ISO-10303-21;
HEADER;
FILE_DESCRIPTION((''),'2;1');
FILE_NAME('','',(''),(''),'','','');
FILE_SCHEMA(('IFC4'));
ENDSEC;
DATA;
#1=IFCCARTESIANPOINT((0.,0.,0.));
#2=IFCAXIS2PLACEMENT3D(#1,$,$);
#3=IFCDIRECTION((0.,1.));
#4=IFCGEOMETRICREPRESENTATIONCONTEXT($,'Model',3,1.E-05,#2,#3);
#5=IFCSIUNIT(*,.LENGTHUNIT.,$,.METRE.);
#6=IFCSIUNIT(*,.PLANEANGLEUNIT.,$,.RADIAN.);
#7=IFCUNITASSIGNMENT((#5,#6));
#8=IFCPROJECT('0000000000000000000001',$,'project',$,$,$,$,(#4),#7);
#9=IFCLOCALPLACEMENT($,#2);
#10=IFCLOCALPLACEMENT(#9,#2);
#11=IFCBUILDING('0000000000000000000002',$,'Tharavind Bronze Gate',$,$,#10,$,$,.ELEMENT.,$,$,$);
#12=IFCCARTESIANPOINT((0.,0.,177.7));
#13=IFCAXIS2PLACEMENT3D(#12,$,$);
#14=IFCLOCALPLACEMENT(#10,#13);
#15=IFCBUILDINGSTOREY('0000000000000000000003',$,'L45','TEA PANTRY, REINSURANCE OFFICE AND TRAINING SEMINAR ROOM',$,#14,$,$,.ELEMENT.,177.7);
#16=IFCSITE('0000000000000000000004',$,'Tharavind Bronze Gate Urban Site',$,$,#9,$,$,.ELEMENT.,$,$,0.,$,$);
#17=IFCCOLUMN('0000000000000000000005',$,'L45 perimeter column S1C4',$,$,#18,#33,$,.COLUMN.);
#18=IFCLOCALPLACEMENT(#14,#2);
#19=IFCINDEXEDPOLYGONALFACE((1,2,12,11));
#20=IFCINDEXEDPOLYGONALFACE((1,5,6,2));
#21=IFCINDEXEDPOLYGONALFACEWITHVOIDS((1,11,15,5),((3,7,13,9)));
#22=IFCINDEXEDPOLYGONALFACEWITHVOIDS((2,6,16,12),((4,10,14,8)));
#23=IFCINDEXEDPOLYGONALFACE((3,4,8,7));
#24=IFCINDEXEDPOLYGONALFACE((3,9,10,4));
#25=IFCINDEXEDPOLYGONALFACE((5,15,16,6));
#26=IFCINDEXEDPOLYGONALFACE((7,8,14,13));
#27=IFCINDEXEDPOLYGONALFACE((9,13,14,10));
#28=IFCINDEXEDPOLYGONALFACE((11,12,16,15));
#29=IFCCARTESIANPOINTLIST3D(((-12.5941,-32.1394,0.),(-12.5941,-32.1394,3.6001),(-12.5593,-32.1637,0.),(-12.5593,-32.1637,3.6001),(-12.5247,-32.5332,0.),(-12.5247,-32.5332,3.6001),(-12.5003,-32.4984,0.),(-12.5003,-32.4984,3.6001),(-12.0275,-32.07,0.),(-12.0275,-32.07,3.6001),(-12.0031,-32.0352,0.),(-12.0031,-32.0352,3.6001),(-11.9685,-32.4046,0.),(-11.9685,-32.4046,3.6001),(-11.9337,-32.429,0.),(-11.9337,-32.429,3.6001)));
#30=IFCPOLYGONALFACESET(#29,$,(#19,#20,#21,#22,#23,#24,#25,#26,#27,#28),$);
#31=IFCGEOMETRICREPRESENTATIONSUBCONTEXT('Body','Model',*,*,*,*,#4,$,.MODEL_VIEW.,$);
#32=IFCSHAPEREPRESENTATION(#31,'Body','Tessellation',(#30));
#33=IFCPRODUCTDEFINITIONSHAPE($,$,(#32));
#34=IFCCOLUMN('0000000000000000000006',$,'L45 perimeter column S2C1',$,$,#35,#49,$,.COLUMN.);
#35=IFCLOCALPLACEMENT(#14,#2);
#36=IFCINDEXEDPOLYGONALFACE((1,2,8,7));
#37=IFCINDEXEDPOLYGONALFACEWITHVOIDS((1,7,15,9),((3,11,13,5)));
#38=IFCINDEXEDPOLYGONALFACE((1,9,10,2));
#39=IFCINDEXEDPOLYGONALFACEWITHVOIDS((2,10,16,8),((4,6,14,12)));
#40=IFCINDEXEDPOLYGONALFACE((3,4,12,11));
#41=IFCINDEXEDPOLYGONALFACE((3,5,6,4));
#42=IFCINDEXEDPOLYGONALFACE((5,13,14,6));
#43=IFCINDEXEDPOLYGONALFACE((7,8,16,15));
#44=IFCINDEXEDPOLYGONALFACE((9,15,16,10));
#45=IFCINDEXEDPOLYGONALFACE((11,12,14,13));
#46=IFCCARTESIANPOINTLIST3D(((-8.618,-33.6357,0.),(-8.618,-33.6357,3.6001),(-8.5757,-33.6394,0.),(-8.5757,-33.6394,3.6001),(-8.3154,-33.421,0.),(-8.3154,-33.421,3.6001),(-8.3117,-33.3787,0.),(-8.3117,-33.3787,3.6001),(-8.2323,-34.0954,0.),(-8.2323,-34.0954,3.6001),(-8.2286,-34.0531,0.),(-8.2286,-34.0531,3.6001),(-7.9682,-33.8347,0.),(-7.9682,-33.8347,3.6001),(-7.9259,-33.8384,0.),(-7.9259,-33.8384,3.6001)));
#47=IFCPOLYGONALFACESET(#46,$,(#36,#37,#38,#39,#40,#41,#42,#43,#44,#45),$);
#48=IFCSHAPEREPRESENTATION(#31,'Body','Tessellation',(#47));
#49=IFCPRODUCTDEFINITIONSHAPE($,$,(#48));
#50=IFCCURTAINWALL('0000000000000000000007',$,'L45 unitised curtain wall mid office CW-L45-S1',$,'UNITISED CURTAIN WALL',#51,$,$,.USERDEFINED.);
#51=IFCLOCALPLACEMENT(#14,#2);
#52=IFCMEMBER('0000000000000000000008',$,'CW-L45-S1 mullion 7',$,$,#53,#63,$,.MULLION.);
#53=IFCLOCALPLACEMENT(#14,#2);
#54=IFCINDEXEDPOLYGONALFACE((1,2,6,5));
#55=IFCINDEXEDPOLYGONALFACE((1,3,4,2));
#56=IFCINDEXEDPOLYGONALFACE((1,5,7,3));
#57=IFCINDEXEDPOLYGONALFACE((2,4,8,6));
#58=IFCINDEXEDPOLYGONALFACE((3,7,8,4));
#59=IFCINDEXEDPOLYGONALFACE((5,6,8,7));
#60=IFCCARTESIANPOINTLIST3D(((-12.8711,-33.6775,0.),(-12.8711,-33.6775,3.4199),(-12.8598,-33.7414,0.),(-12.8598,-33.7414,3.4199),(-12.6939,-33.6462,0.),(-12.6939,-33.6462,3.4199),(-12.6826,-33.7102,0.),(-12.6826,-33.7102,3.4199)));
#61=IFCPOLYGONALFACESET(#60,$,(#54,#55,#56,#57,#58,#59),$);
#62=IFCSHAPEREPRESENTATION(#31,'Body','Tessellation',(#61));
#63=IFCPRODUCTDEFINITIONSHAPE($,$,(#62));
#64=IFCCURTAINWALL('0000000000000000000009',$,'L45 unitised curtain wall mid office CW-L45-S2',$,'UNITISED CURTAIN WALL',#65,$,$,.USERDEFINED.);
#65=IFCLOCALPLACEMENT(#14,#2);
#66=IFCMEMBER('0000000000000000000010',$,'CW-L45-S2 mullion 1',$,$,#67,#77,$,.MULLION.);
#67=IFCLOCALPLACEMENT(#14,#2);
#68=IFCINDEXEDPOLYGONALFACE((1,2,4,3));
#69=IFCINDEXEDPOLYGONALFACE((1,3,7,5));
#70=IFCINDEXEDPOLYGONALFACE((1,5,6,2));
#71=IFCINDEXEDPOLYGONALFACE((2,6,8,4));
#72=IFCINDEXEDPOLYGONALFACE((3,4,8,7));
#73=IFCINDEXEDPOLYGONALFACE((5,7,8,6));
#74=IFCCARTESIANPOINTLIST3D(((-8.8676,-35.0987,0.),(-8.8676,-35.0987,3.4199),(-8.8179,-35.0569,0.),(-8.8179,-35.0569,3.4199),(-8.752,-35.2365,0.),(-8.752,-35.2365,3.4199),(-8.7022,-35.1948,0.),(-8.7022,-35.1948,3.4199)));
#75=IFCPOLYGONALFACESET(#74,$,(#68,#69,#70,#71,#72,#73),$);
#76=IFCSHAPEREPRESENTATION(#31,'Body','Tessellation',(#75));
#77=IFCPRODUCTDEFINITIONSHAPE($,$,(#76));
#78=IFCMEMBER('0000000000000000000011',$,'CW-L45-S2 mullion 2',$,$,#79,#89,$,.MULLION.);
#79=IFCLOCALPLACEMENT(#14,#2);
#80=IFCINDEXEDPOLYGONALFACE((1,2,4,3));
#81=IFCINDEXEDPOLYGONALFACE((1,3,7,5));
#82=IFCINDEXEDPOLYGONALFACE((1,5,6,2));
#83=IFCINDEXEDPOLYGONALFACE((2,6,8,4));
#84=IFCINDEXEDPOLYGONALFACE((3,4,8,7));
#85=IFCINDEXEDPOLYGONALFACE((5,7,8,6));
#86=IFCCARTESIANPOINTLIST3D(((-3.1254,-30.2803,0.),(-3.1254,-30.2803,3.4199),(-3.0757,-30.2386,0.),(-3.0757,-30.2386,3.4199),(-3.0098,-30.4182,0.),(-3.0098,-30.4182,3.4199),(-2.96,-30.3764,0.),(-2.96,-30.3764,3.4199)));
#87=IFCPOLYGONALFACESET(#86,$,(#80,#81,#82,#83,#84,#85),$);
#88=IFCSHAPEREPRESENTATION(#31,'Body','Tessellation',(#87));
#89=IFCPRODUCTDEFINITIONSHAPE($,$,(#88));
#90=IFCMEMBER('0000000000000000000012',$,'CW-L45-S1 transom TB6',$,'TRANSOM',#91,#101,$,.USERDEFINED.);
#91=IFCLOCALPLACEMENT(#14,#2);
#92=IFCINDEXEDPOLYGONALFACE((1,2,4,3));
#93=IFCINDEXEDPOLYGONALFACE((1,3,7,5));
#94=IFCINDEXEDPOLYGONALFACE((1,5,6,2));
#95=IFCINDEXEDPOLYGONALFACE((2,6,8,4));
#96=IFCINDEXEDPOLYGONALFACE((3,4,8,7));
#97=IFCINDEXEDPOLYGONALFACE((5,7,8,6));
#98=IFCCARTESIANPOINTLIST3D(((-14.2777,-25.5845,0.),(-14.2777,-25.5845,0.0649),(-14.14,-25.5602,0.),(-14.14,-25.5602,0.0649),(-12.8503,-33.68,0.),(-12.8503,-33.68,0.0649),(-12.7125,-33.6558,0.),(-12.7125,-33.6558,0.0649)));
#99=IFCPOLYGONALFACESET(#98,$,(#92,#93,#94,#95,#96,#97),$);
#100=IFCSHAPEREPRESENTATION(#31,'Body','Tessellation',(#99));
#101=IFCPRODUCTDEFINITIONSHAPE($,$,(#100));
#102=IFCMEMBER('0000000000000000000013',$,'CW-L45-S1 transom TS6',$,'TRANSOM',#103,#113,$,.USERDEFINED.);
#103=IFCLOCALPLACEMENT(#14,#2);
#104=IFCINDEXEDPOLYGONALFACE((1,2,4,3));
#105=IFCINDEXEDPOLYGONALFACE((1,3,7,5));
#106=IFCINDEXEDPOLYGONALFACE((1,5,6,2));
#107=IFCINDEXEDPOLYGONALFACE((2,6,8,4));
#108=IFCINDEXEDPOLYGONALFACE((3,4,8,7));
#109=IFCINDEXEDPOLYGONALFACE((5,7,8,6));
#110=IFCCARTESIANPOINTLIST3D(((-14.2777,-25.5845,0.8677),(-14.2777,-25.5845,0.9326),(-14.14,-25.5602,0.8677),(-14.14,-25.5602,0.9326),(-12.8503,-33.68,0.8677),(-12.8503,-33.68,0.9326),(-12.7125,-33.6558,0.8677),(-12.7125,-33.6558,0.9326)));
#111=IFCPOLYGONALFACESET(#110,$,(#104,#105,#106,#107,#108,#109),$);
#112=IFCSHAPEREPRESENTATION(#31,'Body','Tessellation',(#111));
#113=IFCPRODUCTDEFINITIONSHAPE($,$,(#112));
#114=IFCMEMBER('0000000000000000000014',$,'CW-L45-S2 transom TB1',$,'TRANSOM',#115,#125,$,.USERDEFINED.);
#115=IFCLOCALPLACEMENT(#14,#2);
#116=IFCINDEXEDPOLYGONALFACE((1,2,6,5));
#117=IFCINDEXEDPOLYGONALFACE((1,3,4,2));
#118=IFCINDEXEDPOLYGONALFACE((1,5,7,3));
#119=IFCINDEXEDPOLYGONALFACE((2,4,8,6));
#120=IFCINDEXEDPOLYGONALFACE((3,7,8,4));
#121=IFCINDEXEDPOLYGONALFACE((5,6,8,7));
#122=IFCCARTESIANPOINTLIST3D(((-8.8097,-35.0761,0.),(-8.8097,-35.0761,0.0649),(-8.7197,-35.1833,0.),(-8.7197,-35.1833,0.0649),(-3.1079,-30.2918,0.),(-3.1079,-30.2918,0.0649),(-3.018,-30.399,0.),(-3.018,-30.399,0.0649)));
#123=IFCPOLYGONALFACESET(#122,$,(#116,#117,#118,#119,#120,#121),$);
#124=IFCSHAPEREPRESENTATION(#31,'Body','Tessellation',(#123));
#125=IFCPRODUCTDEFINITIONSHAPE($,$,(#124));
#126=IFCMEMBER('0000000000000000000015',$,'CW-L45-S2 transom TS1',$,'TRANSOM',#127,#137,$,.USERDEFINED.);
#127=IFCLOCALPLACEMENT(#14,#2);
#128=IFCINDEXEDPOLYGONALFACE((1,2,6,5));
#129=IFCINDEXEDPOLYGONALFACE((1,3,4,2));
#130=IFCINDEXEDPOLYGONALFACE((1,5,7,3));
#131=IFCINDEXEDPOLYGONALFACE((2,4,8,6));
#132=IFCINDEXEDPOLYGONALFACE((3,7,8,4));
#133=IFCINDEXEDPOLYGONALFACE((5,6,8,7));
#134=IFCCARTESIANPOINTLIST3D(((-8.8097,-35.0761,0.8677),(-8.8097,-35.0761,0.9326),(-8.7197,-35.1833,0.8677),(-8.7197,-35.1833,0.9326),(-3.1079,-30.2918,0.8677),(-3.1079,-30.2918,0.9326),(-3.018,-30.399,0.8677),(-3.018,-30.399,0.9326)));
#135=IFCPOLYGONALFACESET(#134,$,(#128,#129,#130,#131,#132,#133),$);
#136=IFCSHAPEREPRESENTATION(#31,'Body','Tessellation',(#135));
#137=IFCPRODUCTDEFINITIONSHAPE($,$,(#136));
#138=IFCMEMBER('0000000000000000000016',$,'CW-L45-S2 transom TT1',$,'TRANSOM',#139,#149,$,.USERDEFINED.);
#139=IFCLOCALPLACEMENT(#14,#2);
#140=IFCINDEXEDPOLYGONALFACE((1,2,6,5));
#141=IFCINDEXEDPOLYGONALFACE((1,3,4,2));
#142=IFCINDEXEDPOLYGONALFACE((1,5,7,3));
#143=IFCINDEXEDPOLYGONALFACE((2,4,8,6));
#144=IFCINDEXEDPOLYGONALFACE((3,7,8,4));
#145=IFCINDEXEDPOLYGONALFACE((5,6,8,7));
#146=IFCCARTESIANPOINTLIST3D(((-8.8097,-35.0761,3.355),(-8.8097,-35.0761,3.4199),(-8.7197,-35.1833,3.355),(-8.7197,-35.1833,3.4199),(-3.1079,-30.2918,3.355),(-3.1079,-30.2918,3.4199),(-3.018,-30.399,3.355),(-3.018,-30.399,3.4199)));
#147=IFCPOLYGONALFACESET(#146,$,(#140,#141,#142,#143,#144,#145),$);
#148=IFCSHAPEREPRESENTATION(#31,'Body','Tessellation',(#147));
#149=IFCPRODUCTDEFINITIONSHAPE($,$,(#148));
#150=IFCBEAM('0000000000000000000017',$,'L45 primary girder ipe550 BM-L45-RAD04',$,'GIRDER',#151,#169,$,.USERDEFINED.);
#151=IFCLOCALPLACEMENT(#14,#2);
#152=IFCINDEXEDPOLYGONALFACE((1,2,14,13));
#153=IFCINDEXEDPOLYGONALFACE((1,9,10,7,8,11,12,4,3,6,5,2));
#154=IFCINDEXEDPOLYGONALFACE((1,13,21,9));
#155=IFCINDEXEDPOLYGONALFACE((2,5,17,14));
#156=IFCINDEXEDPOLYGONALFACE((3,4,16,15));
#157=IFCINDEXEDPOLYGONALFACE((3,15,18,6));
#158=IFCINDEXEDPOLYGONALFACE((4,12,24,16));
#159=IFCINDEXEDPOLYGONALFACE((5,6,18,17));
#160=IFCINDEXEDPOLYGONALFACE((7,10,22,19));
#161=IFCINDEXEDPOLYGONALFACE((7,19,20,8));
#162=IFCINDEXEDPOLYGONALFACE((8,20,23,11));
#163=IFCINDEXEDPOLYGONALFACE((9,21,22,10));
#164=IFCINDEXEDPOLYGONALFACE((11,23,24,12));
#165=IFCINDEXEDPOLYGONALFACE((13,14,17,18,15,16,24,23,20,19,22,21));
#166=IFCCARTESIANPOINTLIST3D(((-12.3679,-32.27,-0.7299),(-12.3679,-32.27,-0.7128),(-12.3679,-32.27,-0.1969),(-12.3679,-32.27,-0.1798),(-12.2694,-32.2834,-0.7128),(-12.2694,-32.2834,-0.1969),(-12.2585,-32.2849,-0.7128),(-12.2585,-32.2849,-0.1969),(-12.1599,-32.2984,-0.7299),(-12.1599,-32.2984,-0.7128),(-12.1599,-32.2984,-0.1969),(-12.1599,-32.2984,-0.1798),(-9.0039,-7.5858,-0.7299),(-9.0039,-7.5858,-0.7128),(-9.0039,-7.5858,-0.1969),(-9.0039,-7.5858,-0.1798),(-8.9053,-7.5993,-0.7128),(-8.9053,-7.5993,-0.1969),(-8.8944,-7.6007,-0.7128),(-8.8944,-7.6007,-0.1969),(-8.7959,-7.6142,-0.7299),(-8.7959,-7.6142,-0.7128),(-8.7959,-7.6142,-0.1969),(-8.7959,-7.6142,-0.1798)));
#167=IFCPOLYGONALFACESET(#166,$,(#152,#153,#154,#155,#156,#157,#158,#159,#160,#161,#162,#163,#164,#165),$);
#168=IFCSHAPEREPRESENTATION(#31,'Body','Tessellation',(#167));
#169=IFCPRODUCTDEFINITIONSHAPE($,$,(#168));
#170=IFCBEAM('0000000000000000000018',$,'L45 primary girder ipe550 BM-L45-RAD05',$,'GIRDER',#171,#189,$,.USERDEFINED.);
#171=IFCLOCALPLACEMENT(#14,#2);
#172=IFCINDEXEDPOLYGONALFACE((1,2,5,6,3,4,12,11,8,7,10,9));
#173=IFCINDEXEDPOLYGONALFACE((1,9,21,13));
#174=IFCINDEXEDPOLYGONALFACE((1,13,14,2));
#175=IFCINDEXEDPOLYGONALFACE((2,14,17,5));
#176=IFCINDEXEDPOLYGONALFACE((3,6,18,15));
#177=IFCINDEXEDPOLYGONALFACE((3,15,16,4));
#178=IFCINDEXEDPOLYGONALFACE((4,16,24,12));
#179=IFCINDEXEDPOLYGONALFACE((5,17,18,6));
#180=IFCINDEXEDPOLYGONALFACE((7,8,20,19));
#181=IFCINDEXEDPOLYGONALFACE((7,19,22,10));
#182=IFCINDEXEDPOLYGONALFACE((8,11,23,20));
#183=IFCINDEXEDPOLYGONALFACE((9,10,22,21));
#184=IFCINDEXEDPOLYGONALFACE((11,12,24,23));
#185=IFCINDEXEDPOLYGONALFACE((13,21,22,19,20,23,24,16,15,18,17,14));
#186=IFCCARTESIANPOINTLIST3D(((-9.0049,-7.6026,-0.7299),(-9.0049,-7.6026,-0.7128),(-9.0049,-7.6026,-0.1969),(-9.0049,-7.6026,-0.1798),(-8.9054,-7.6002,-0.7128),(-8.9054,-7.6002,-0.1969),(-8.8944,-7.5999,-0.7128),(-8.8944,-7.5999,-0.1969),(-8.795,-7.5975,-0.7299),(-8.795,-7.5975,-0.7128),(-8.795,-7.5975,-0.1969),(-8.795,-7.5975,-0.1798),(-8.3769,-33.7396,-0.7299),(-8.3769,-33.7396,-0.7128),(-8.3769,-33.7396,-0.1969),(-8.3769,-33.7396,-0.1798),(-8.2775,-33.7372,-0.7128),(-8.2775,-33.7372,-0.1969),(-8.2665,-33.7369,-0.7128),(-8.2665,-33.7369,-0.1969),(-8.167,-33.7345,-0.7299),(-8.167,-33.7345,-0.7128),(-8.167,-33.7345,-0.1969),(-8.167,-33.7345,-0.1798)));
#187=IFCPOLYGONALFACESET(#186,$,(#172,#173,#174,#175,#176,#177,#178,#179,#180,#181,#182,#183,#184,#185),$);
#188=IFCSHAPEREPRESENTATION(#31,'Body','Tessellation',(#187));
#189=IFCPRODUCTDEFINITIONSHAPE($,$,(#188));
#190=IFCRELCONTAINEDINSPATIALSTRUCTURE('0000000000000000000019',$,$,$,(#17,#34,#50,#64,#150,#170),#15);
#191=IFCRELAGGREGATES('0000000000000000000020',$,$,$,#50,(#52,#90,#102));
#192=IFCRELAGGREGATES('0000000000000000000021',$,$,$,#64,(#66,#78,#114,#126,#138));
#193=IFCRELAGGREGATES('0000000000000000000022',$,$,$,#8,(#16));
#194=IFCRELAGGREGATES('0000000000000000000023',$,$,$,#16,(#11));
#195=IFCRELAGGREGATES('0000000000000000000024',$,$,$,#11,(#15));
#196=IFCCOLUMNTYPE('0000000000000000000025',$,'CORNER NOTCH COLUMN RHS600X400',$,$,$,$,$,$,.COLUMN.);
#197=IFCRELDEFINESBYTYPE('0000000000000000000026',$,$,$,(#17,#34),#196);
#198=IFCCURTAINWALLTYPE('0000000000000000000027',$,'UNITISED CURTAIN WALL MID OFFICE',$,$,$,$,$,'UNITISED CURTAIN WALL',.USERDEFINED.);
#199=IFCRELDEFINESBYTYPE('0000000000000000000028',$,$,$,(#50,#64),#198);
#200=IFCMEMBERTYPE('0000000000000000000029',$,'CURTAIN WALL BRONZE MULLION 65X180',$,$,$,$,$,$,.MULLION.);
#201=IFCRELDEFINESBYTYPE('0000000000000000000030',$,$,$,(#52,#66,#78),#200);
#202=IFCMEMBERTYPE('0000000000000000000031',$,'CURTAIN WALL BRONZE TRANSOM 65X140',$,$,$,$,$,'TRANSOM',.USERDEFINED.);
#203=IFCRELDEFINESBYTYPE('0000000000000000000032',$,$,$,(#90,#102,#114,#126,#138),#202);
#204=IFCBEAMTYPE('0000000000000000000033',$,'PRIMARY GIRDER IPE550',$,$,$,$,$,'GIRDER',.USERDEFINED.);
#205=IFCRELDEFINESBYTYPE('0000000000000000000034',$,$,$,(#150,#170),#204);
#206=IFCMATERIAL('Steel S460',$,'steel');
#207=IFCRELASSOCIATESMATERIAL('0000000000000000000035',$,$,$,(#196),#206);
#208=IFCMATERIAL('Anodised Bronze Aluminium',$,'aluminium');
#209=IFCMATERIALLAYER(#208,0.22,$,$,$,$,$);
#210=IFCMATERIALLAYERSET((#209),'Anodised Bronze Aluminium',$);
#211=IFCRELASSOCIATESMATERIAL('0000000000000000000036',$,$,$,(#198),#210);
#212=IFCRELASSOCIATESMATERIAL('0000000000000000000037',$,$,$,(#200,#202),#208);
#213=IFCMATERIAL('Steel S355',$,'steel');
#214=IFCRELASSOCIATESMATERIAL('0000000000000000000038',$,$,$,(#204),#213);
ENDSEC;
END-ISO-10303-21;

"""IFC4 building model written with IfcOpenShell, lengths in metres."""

from ifc_helpers import new_model, si_unit, direction, frame, origin, origin_2d, place, context, subcontext, project, spatial, rectangle, hollow_rectangle, i_section, extrude, material, layer, layer_set, material_profile, profile_set, type_object, element, aggregate, save


model = new_model("IFC4")

# Units and contexts
model_context = context("Model", 3, precision=1e-05, world=origin(), true_north=direction((0.0, 1.0)))
body_context = subcontext(model_context, "Body", "Model", "MODEL_VIEW")
ifc_project = project(units=[si_unit("LENGTHUNIT", "METRE"), si_unit("PLANEANGLEUNIT", "RADIAN")], contexts=[model_context])

# Site, building, storey
site_placement = place(None, origin())
site = spatial("IfcSite", under=ifc_project, at=site_placement, Name="Tharavind Bronze Gate Urban Site", CompositionType="ELEMENT", RefElevation=0.0)
building_placement = place(site_placement, origin())
building = spatial("IfcBuilding", under=site, at=building_placement, Name="Tharavind Bronze Gate", CompositionType="ELEMENT")
storey_placement = place(building_placement, frame((0.0, 0.0, 177.7)))
storey = spatial("IfcBuildingStorey", under=building, at=storey_placement, Name="L45", Description="TEA PANTRY, REINSURANCE OFFICE AND TRAINING SEMINAR ROOM", CompositionType="ELEMENT", Elevation=177.7)

# Columns
ifc_material_1 = material(Name="Steel S460", Category="steel")
ifc_material_profile_1 = material_profile(ifc_material_1, hollow_rectangle(XDim=0.3999, YDim=0.6001, WallThickness=0.03, at=origin_2d()), Name="RHS600X400X30")
ifc_profile_set_1 = profile_set([ifc_material_profile_1], Name="Steel S460")
column_type = type_object("IfcColumnType", Name="CORNER NOTCH COLUMN RHS600X400", PredefinedType="COLUMN", material=ifc_profile_set_1)
for number, where, z_axis, x_axis, name in (
    (1, (-12.2639, -32.2842, 0.0), (0.0, 0.0, 1.0), (-0.173648, 0.984808, 0.0), "L45 perimeter column S1C4"),
    (2, (-8.272, -33.7371, 0.0), (0.0, 0.0, 1.0), (0.766043, 0.642789, 0.0), "L45 perimeter column S2C1"),
):
    element("IfcColumn", number, at=place(storey_placement, frame(where, z_axis=z_axis, x_axis=x_axis)), inside=storey, type_object=column_type, Name=name, PredefinedType="COLUMN", context=body_context, shape_type="SweptSolid", body=[
        extrude(hollow_rectangle(XDim=0.3999, YDim=0.6001, WallThickness=0.03, at=origin_2d()), origin(), (0.0, 0.0, 1.0), 3.6001),
    ])

# Curtain wall, member
ifc_material_2 = material(Name="Anodised Bronze Aluminium", Category="aluminium")
ifc_layer_1 = layer(ifc_material_2, 0.22)
ifc_layer_set_1 = layer_set([ifc_layer_1], Name="Anodised Bronze Aluminium")
curtain_wall_type = type_object("IfcCurtainWallType", Name="UNITISED CURTAIN WALL MID OFFICE", ElementType="UNITISED CURTAIN WALL", PredefinedType="USERDEFINED", material=ifc_layer_set_1)
curtain_wall_1_placement = place(storey_placement, origin())
curtain_wall_1 = element("IfcCurtainWall", 3, at=curtain_wall_1_placement, inside=storey, type_object=curtain_wall_type, Name="L45 unitised curtain wall mid office CW-L45-S1", ObjectType="UNITISED CURTAIN WALL", PredefinedType="USERDEFINED")
member_type_1 = type_object("IfcMemberType", Name="CURTAIN WALL BRONZE MULLION 65X180", PredefinedType="MULLION", material=ifc_material_2)
member_1_placement = place(storey_placement, frame((-12.7769, -33.6938, 0.0), z_axis=(0.0, 0.0, 1.0), x_axis=(0.173648, -0.984808, 0.0)))
member_1 = element("IfcMember", 4, at=member_1_placement, type_object=member_type_1, Name="CW-L45-S1 mullion 7", PredefinedType="MULLION", context=body_context, shape_type="SweptSolid", body=[
    extrude(rectangle(XDim=0.0649, YDim=0.1799, at=origin_2d()), origin(), (0.0, 0.0, 1.0), 3.4199),
])

# Curtain wall, members
curtain_wall_2_placement = place(storey_placement, origin())
curtain_wall_2 = element("IfcCurtainWall", 5, at=curtain_wall_2_placement, inside=storey, type_object=curtain_wall_type, Name="L45 unitised curtain wall mid office CW-L45-S2", ObjectType="UNITISED CURTAIN WALL", PredefinedType="USERDEFINED")
member_2_placement = place(storey_placement, frame((-8.7849, -35.1467, 0.0), z_axis=(0.0, 0.0, 1.0), x_axis=(0.766043, 0.642789, 0.0)))
member_2 = element("IfcMember", 6, at=member_2_placement, type_object=member_type_1, Name="CW-L45-S2 mullion 1", PredefinedType="MULLION", context=body_context, shape_type="SweptSolid", body=[
    extrude(rectangle(XDim=0.0649, YDim=0.1799, at=origin_2d()), origin(), (0.0, 0.0, 1.0), 3.4199),
])
member_3_placement = place(storey_placement, frame((-3.0427, -30.3284, 0.0), z_axis=(0.0, 0.0, 1.0), x_axis=(0.766043, 0.642789, 0.0)))
member_3 = element("IfcMember", 7, at=member_3_placement, type_object=member_type_1, Name="CW-L45-S2 mullion 2", PredefinedType="MULLION", context=body_context, shape_type="SweptSolid", body=[
    extrude(rectangle(XDim=0.0649, YDim=0.1799, at=origin_2d()), origin(), (0.0, 0.0, 1.0), 3.4199),
])

# Members
member_type_2 = type_object("IfcMemberType", Name="CURTAIN WALL BRONZE TRANSOM 65X140", ElementType="TRANSOM", PredefinedType="USERDEFINED", material=ifc_material_2)
member_4_placement = place(storey_placement, frame((-13.4951, -29.6201, 0.0), z_axis=(0.0, 0.0, 1.0), x_axis=(0.173648, -0.984808, 0.0)))
member_4 = element("IfcMember", 8, at=member_4_placement, type_object=member_type_2, Name="CW-L45-S1 transom TB6", ObjectType="TRANSOM", PredefinedType="USERDEFINED", context=body_context, shape_type="SweptSolid", body=[
    extrude(rectangle(XDim=8.2205, YDim=0.1399, at=origin_2d()), origin(), (0.0, 0.0, 1.0), 0.0649),
])
member_5_placement = place(storey_placement, frame((-13.4951, -29.6201, 0.8677), z_axis=(0.0, 0.0, 1.0), x_axis=(0.173648, -0.984808, 0.0)))
member_5 = element("IfcMember", 9, at=member_5_placement, type_object=member_type_2, Name="CW-L45-S1 transom TS6", ObjectType="TRANSOM", PredefinedType="USERDEFINED", context=body_context, shape_type="SweptSolid", body=[
    extrude(rectangle(XDim=8.2205, YDim=0.1399, at=origin_2d()), origin(), (0.0, 0.0, 1.0), 0.0649),
])
aggregate(curtain_wall_1, [member_1, member_4, member_5])
member_6_placement = place(storey_placement, frame((-5.9138, -32.7375, 0.0), z_axis=(0.0, 0.0, 1.0), x_axis=(0.766043, 0.642789, 0.0)))
member_6 = element("IfcMember", 10, at=member_6_placement, type_object=member_type_2, Name="CW-L45-S2 transom TB1", ObjectType="TRANSOM", PredefinedType="USERDEFINED", context=body_context, shape_type="SweptSolid", body=[
    extrude(rectangle(XDim=7.4431, YDim=0.1399, at=origin_2d()), origin(), (0.0, 0.0, 1.0), 0.0649),
])
member_7_placement = place(storey_placement, frame((-5.9138, -32.7375, 0.8677), z_axis=(0.0, 0.0, 1.0), x_axis=(0.766043, 0.642789, 0.0)))
member_7 = element("IfcMember", 11, at=member_7_placement, type_object=member_type_2, Name="CW-L45-S2 transom TS1", ObjectType="TRANSOM", PredefinedType="USERDEFINED", context=body_context, shape_type="SweptSolid", body=[
    extrude(rectangle(XDim=7.4431, YDim=0.1399, at=origin_2d()), origin(), (0.0, 0.0, 1.0), 0.0649),
])
member_8_placement = place(storey_placement, frame((-5.9138, -32.7375, 3.355), z_axis=(0.0, 0.0, 1.0), x_axis=(0.766043, 0.642789, 0.0)))
member_8 = element("IfcMember", 12, at=member_8_placement, type_object=member_type_2, Name="CW-L45-S2 transom TT1", ObjectType="TRANSOM", PredefinedType="USERDEFINED", context=body_context, shape_type="SweptSolid", body=[
    extrude(rectangle(XDim=7.4431, YDim=0.1399, at=origin_2d()), origin(), (0.0, 0.0, 1.0), 0.0649),
])

# Beams
ifc_material_3 = material(Name="Steel S355", Category="steel")
ifc_material_profile_2 = material_profile(ifc_material_3, i_section(OverallWidth=0.21, OverallDepth=0.55, WebThickness=0.011, FlangeThickness=0.0171, at=origin_2d()), Name="IPE550")
ifc_profile_set_2 = profile_set([ifc_material_profile_2], Name="Steel S355")
beam_type_1 = type_object("IfcBeamType", Name="PRIMARY GIRDER IPE550", ElementType="GIRDER", PredefinedType="USERDEFINED", material=ifc_profile_set_2)
beam_1_placement = place(storey_placement, frame((-12.2639, -32.2842, -0.4548), z_axis=(0.135034, 0.990841, 0.0), x_axis=(-0.990841, 0.135034, 0.0)))
element("IfcBeam", 13, at=beam_1_placement, inside=storey, type_object=beam_type_1, Name="L45 primary girder ipe550 BM-L45-RAD04", ObjectType="GIRDER", PredefinedType="USERDEFINED", context=body_context, shape_type="SweptSolid", body=[
    extrude(i_section(OverallWidth=0.21, OverallDepth=0.55, WebThickness=0.011, FlangeThickness=0.0171, at=origin_2d()), origin(), (0.0, 0.0, 1.0), 24.9124),
])
beam_2_placement = place(storey_placement, frame((-8.272, -33.7371, -0.4548), z_axis=(-0.024018, 0.999712, 0.0), x_axis=(-0.999712, -0.024018, 0.0)))
element("IfcBeam", 14, at=beam_2_placement, inside=storey, type_object=beam_type_1, Name="L45 primary girder ipe550 BM-L45-RAD05", ObjectType="GIRDER", PredefinedType="USERDEFINED", context=body_context, shape_type="SweptSolid", body=[
    extrude(i_section(OverallWidth=0.21, OverallDepth=0.55, WebThickness=0.011, FlangeThickness=0.0171, at=origin_2d()), origin(), (0.0, 0.0, 1.0), 26.1445),
])

aggregate(curtain_wall_2, [member_2, member_3, member_6, member_7, member_8])

save(model, "model.ifc")
